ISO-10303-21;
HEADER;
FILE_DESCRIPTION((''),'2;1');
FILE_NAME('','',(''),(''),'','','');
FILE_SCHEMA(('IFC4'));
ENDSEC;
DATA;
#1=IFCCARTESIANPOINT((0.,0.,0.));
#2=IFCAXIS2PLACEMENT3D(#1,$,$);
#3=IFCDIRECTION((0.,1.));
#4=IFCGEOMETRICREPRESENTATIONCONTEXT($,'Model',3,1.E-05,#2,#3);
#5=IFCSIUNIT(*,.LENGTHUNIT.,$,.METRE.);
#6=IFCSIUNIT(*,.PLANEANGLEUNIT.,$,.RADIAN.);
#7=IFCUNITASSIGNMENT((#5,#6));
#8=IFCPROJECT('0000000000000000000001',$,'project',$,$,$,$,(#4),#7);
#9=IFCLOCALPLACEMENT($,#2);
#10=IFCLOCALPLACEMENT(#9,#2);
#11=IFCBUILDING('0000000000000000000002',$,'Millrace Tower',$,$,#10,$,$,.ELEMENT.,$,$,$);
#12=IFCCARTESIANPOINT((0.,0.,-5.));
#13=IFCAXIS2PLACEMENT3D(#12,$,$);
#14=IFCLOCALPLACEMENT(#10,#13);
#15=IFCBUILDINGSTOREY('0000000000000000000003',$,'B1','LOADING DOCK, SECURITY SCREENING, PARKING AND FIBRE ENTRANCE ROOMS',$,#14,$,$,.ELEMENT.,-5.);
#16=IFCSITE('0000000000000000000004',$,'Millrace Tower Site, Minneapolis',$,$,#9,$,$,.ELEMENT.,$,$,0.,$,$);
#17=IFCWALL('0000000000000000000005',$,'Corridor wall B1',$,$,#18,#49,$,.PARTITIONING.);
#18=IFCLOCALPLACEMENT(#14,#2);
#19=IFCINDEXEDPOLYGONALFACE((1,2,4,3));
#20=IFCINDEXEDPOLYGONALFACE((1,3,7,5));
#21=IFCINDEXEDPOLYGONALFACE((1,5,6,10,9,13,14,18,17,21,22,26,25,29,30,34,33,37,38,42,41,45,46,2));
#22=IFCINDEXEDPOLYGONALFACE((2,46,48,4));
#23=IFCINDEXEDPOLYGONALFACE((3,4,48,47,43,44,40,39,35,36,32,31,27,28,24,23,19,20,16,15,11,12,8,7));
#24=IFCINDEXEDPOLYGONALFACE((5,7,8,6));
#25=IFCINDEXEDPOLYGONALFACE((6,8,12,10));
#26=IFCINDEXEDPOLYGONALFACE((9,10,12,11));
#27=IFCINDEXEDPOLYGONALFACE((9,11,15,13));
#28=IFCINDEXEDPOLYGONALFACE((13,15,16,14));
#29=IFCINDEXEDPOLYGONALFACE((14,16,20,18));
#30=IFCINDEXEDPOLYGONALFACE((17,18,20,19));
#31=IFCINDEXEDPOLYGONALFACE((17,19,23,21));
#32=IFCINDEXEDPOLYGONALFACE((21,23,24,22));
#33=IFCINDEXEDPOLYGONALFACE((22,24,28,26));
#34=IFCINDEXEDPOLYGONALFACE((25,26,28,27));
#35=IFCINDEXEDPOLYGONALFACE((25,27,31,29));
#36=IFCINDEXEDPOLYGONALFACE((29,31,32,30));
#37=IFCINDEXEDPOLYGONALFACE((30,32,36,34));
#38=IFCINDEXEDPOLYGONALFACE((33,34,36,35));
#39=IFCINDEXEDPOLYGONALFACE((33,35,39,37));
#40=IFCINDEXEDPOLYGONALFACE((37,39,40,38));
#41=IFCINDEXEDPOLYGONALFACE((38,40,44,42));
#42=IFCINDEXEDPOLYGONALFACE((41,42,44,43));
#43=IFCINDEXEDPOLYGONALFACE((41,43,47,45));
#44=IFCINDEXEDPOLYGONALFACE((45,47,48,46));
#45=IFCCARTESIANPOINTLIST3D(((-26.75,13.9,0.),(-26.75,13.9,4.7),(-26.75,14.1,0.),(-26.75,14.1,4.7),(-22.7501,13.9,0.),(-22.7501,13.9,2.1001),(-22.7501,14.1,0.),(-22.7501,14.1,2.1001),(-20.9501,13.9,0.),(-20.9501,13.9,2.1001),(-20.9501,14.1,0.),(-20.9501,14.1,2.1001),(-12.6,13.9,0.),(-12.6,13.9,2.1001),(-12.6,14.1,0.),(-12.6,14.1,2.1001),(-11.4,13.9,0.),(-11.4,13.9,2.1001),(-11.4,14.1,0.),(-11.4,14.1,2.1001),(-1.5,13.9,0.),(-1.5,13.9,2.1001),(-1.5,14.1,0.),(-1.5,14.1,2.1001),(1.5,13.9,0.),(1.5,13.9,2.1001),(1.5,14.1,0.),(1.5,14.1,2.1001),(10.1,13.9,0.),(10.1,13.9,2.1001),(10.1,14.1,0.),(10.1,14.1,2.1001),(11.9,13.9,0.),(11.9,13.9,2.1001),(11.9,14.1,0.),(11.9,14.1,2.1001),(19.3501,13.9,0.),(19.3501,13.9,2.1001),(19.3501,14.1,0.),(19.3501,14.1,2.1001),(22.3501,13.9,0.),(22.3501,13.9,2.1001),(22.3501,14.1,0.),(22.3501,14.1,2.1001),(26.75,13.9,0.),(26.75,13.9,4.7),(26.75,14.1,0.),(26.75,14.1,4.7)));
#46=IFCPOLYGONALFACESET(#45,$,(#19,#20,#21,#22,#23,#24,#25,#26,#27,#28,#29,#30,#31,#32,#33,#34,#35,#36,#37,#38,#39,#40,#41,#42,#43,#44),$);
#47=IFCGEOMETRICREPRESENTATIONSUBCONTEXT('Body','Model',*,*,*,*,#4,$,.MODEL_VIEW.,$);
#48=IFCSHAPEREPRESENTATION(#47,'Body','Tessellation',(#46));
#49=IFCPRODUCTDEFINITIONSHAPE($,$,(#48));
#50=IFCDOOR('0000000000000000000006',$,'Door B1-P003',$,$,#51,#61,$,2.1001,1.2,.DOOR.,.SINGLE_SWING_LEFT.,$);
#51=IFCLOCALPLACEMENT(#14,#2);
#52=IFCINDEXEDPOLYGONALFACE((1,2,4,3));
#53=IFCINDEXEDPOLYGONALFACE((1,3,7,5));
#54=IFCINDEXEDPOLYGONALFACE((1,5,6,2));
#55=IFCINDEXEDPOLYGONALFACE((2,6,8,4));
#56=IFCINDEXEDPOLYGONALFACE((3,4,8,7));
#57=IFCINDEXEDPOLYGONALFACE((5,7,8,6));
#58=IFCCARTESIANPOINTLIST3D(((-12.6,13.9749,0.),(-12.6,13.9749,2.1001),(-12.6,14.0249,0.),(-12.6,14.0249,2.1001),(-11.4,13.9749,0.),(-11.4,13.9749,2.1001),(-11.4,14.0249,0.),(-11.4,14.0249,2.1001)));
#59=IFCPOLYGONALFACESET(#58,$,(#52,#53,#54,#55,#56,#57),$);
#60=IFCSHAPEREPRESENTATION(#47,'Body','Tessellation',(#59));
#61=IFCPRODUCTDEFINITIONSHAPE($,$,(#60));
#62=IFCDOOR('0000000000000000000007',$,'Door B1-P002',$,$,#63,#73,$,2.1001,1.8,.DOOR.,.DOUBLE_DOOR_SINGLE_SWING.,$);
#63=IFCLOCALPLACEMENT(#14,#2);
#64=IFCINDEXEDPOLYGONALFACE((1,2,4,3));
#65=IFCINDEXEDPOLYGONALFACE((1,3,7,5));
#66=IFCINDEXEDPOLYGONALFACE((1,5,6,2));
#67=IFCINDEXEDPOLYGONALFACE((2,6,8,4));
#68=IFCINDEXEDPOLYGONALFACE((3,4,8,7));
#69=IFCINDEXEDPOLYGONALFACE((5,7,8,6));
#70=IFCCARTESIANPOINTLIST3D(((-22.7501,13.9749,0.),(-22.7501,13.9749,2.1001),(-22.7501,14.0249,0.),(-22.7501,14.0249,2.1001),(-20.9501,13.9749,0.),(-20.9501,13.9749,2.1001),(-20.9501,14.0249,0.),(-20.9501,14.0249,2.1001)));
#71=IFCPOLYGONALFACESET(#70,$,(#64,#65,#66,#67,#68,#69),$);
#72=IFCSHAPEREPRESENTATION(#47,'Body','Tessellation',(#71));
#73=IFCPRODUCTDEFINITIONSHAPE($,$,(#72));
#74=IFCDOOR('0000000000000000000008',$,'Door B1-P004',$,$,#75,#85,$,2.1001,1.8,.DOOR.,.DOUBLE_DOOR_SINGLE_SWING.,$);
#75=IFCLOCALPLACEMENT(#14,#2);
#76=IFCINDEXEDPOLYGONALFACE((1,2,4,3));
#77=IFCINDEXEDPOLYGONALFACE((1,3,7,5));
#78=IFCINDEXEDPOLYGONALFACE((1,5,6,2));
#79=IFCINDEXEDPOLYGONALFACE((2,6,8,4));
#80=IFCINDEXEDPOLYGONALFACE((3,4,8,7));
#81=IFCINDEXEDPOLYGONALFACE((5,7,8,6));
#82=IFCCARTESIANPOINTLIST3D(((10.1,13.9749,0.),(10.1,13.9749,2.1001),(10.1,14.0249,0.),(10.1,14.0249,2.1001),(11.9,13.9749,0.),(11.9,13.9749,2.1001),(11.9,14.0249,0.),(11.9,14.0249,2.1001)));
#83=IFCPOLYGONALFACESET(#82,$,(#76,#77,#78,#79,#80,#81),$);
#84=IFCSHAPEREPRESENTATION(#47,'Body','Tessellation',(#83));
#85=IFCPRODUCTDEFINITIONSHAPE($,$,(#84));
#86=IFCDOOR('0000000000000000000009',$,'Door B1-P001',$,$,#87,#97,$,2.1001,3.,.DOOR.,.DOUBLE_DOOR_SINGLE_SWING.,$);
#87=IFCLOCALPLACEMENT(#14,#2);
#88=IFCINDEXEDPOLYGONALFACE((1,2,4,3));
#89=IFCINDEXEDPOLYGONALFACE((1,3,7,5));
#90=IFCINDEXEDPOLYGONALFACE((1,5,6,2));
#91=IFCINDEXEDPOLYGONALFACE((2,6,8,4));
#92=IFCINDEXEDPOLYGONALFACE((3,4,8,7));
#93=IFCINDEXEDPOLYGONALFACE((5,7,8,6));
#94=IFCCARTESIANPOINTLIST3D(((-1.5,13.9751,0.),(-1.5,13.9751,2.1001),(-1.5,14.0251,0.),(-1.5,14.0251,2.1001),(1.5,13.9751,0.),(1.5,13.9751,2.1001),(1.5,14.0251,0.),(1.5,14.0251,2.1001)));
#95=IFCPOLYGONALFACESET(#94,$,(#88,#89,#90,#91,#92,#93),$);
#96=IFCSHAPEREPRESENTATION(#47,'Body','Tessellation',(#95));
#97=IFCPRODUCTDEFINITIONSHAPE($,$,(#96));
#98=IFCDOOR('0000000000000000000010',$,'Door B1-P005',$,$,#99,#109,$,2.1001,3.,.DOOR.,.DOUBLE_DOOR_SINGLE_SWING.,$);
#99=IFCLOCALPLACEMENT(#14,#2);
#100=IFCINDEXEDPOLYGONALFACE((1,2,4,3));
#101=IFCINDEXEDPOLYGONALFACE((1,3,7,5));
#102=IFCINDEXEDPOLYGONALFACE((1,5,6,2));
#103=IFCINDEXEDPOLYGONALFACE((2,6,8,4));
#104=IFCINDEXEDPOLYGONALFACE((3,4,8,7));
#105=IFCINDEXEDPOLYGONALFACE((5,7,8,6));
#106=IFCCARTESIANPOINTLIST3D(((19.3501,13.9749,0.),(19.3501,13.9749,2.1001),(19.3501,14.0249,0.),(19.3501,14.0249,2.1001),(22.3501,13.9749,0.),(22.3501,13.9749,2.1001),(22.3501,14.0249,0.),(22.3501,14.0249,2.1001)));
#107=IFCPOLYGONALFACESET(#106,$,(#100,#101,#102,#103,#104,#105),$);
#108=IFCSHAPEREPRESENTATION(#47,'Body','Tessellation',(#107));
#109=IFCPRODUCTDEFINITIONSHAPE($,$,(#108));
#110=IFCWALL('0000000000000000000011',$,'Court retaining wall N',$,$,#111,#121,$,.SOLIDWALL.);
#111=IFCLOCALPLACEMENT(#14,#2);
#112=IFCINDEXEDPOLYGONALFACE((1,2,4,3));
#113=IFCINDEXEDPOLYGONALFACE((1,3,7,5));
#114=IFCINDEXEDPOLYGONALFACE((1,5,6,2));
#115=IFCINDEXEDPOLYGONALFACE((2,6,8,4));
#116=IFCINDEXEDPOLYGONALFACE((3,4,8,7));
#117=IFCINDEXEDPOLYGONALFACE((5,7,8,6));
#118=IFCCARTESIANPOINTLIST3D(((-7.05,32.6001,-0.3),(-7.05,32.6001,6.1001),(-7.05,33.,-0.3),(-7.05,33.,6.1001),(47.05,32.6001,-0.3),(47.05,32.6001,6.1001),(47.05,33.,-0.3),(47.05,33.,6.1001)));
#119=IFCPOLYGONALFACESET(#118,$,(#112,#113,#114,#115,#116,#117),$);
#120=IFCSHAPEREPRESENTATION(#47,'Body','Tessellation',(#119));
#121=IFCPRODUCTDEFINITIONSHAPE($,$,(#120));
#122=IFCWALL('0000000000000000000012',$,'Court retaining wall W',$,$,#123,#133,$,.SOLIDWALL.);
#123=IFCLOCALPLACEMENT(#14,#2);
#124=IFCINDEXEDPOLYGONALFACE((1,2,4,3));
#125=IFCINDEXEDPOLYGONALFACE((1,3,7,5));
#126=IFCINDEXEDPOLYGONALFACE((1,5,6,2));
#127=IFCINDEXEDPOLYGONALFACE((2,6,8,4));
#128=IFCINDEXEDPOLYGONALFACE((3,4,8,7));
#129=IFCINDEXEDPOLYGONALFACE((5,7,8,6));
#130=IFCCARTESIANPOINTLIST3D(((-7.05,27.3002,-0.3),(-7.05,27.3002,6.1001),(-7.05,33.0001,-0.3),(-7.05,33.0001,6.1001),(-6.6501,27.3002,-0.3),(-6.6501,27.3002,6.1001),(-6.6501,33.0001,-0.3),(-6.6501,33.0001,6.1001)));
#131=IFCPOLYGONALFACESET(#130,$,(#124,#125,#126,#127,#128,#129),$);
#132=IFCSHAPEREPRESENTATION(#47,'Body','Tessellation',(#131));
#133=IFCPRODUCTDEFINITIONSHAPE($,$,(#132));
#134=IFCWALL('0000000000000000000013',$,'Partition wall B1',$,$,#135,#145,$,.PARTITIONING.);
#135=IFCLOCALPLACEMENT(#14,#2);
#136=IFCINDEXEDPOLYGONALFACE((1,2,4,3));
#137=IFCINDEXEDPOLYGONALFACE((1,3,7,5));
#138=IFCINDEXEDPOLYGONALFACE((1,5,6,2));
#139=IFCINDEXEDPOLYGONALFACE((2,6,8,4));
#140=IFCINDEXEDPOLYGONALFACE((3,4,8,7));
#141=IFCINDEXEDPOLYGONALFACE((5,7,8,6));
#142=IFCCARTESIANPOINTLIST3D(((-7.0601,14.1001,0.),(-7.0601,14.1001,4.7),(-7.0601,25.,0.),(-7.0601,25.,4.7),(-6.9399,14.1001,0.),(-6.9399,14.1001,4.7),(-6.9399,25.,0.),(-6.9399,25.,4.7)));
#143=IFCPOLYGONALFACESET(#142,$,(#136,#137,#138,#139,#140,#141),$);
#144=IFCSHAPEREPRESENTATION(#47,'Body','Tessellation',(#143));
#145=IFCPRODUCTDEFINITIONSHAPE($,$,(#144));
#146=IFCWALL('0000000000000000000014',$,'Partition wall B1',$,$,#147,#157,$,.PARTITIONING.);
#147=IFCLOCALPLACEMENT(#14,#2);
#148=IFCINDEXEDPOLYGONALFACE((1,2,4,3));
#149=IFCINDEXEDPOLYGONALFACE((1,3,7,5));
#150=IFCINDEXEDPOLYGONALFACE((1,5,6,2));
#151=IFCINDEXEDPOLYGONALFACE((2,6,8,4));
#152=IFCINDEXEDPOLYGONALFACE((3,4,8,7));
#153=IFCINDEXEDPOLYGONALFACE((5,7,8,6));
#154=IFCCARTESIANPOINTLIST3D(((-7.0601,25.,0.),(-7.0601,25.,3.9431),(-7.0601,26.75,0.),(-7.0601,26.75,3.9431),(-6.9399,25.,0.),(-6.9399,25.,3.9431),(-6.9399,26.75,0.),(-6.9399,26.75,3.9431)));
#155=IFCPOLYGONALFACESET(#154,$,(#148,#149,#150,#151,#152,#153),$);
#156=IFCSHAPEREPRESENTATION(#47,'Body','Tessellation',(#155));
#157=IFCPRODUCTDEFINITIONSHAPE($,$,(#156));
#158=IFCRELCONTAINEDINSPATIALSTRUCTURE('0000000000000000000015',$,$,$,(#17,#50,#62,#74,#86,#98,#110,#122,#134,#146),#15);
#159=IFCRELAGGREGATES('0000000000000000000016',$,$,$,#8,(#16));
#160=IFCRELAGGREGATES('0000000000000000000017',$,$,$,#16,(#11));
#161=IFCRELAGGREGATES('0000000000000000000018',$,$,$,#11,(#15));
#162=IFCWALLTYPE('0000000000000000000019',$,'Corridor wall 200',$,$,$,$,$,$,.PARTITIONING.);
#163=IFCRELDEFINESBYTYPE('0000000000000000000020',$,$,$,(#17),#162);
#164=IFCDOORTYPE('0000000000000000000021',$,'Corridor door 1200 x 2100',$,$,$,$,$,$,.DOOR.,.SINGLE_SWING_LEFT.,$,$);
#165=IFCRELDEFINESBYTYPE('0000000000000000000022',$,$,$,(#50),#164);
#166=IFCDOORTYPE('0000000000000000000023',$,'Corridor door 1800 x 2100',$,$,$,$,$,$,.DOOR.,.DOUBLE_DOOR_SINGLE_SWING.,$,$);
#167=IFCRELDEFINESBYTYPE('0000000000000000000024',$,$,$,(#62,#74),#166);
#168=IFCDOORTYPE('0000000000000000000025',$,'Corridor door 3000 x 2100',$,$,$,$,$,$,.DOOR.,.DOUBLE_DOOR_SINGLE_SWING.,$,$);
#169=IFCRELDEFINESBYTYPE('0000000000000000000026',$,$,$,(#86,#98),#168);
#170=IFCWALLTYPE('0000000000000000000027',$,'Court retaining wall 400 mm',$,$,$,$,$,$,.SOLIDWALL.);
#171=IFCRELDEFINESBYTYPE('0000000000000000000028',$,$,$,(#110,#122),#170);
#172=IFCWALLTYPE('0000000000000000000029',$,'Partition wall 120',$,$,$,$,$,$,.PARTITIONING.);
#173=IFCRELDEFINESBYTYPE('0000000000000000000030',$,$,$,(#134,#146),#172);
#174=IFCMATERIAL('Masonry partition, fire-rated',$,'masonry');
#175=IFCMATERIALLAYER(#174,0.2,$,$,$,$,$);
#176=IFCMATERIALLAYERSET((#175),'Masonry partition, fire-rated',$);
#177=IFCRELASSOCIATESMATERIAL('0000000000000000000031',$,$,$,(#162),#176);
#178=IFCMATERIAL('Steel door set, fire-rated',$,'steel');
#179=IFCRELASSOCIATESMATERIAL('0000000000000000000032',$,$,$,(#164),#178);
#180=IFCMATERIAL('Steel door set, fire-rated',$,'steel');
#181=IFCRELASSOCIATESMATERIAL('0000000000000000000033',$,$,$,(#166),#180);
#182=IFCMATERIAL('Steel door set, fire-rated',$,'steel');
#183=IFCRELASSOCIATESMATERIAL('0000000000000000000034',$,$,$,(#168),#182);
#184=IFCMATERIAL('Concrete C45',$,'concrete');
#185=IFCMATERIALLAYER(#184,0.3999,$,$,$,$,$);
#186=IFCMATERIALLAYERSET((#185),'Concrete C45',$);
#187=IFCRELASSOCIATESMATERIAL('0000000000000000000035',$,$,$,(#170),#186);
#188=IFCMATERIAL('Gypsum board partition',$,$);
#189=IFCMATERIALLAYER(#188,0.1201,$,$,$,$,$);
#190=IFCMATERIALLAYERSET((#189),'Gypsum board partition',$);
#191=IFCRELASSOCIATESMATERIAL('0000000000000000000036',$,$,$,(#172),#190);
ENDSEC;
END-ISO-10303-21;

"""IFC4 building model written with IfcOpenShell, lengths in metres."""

from ifc_helpers import new_model, si_unit, direction, frame, frame_2d, origin, place, context, subcontext, project, spatial, rectangle, extrude, material, layer, layer_set, type_object, element, fill, save


model = new_model("IFC4")

# Units and contexts
model_context = context("Model", 3, precision=1e-05, world=origin(), true_north=direction((0.0, 1.0)))
body_context = subcontext(model_context, "Body", "Model", "MODEL_VIEW")
ifc_project = project(units=[si_unit("LENGTHUNIT", "METRE"), si_unit("PLANEANGLEUNIT", "RADIAN")], contexts=[model_context])

# Site, building, storey
site_placement = place(None, origin())
site = spatial("IfcSite", under=ifc_project, at=site_placement, Name="Millrace Tower Site, Minneapolis", CompositionType="ELEMENT", RefElevation=0.0)
building_placement = place(site_placement, origin())
building = spatial("IfcBuilding", under=site, at=building_placement, Name="Millrace Tower", CompositionType="ELEMENT")
storey_placement = place(building_placement, frame((0.0, 0.0, -5.0)))
storey = spatial("IfcBuildingStorey", under=building, at=storey_placement, Name="B1", Description="LOADING DOCK, SECURITY SCREENING, PARKING AND FIBRE ENTRANCE ROOMS", CompositionType="ELEMENT", Elevation=-5.0)

# Wall, openings, doors
ifc_material_1 = material(Name="Masonry partition, fire-rated", Category="masonry")
ifc_layer_1 = layer(ifc_material_1, 0.2)
ifc_layer_set_1 = layer_set([ifc_layer_1], Name="Masonry partition, fire-rated")
wall_type_1 = type_object("IfcWallType", Name="Corridor wall 200", PredefinedType="PARTITIONING", material=ifc_layer_set_1)
wall_1_placement = place(storey_placement, frame((-26.75, 14.0, 0.0), z_axis=(0.0, 0.0, 1.0), x_axis=(1.0, 0.0, 0.0)))
wall_1 = element("IfcWall", 1, at=wall_1_placement, inside=storey, type_object=wall_type_1, Name="Corridor wall B1", PredefinedType="PARTITIONING", context=body_context, shape_type="SweptSolid", body=[
    extrude(rectangle(XDim=53.5, YDim=0.2, at=frame_2d((26.75, 0.0))), origin(), (0.0, 0.0, 1.0), 4.7),
])
opening_1_placement = place(wall_1_placement, frame((25.25, 0.0, 0.0)))
opening_1 = element("IfcOpeningElement", 2, at=opening_1_placement, cuts=wall_1, PredefinedType="OPENING", context=body_context, shape_type="SweptSolid", body=[
    extrude(rectangle(XDim=3.0, YDim=2.1001, at=frame_2d((1.5, 1.05))), frame((0.0, 0.1099, 0.0), z_axis=(0.0, -1.0, 0.0), x_axis=(1.0, 0.0, 0.0)), (0.0, 0.0, 1.0), 0.22),
])
opening_2_placement = place(wall_1_placement, frame((4.0, 0.0, 0.0)))
opening_2 = element("IfcOpeningElement", 3, at=opening_2_placement, cuts=wall_1, PredefinedType="OPENING", context=body_context, shape_type="SweptSolid", body=[
    extrude(rectangle(XDim=1.8, YDim=2.1001, at=frame_2d((0.8999, 1.05))), frame((0.0, 0.1099, 0.0), z_axis=(0.0, -1.0, 0.0), x_axis=(1.0, 0.0, 0.0)), (0.0, 0.0, 1.0), 0.22),
])
opening_3_placement = place(wall_1_placement, frame((14.1499, 0.0, 0.0)))
opening_3 = element("IfcOpeningElement", 4, at=opening_3_placement, cuts=wall_1, PredefinedType="OPENING", context=body_context, shape_type="SweptSolid", body=[
    extrude(rectangle(XDim=1.2, YDim=2.1001, at=frame_2d((0.6001, 1.05))), frame((0.0, 0.1099, 0.0), z_axis=(0.0, -1.0, 0.0), x_axis=(1.0, 0.0, 0.0)), (0.0, 0.0, 1.0), 0.22),
])
opening_4_placement = place(wall_1_placement, frame((36.8501, 0.0, 0.0)))
opening_4 = element("IfcOpeningElement", 5, at=opening_4_placement, cuts=wall_1, PredefinedType="OPENING", context=body_context, shape_type="SweptSolid", body=[
    extrude(rectangle(XDim=1.8, YDim=2.1001, at=frame_2d((0.8999, 1.05))), frame((0.0, 0.1099, 0.0), z_axis=(0.0, -1.0, 0.0), x_axis=(1.0, 0.0, 0.0)), (0.0, 0.0, 1.0), 0.22),
])
opening_5_placement = place(wall_1_placement, frame((46.1001, 0.0, 0.0)))
opening_5 = element("IfcOpeningElement", 6, at=opening_5_placement, cuts=wall_1, PredefinedType="OPENING", context=body_context, shape_type="SweptSolid", body=[
    extrude(rectangle(XDim=3.0, YDim=2.1001, at=frame_2d((1.5, 1.05))), frame((0.0, 0.1099, 0.0), z_axis=(0.0, -1.0, 0.0), x_axis=(1.0, 0.0, 0.0)), (0.0, 0.0, 1.0), 0.22),
])
ifc_material_2 = material(Name="Steel door set, fire-rated", Category="steel")
door_type_1 = type_object("IfcDoorType", Name="Corridor door 1200 x 2100", OperationType="SINGLE_SWING_LEFT", PredefinedType="DOOR", material=ifc_material_2)
door_1_placement = place(opening_3_placement, origin())
door_1 = element("IfcDoor", 7, at=door_1_placement, inside=storey, type_object=door_type_1, Name="Door B1-P003", OperationType="SINGLE_SWING_LEFT", OverallHeight=2.1001, OverallWidth=1.2, PredefinedType="DOOR", context=body_context, shape_type="SweptSolid", body=[
    extrude(rectangle(XDim=1.2, YDim=2.1001, at=frame_2d((0.6001, 1.05))), frame((0.0, 0.0249, 0.0), z_axis=(0.0, -1.0, 0.0), x_axis=(1.0, 0.0, 0.0)), (0.0, 0.0, 1.0), 0.05),
])
fill(opening_3, door_1)
ifc_material_3 = material(Name="Steel door set, fire-rated", Category="steel")
door_type_2 = type_object("IfcDoorType", Name="Corridor door 1800 x 2100", OperationType="DOUBLE_DOOR_SINGLE_SWING", PredefinedType="DOOR", material=ifc_material_3)
door_2_placement = place(opening_2_placement, origin())
door_2 = element("IfcDoor", 8, at=door_2_placement, inside=storey, type_object=door_type_2, Name="Door B1-P002", OperationType="DOUBLE_DOOR_SINGLE_SWING", OverallHeight=2.1001, OverallWidth=1.8, PredefinedType="DOOR", context=body_context, shape_type="SweptSolid", body=[
    extrude(rectangle(XDim=1.8, YDim=2.1001, at=frame_2d((0.8999, 1.05))), frame((0.0, 0.0249, 0.0), z_axis=(0.0, -1.0, 0.0), x_axis=(1.0, 0.0, 0.0)), (0.0, 0.0, 1.0), 0.05),
])
fill(opening_2, door_2)
door_3_placement = place(opening_4_placement, origin())
door_3 = element("IfcDoor", 9, at=door_3_placement, inside=storey, type_object=door_type_2, Name="Door B1-P004", OperationType="DOUBLE_DOOR_SINGLE_SWING", OverallHeight=2.1001, OverallWidth=1.8, PredefinedType="DOOR", context=body_context, shape_type="SweptSolid", body=[
    extrude(rectangle(XDim=1.8, YDim=2.1001, at=frame_2d((0.8999, 1.05))), frame((0.0, 0.0249, 0.0), z_axis=(0.0, -1.0, 0.0), x_axis=(1.0, 0.0, 0.0)), (0.0, 0.0, 1.0), 0.05),
])
fill(opening_4, door_3)
ifc_material_4 = material(Name="Steel door set, fire-rated", Category="steel")
door_type_3 = type_object("IfcDoorType", Name="Corridor door 3000 x 2100", OperationType="DOUBLE_DOOR_SINGLE_SWING", PredefinedType="DOOR", material=ifc_material_4)
door_4_placement = place(opening_1_placement, frame((3.0, 0.0, 0.0), z_axis=(0.0, 0.0, 1.0), x_axis=(-1.0, 0.0, 0.0)))
door_4 = element("IfcDoor", 10, at=door_4_placement, inside=storey, type_object=door_type_3, Name="Door B1-P001", OperationType="DOUBLE_DOOR_SINGLE_SWING", OverallHeight=2.1001, OverallWidth=3.0, PredefinedType="DOOR", context=body_context, shape_type="SweptSolid", body=[
    extrude(rectangle(XDim=3.0, YDim=2.1001, at=frame_2d((1.5, 1.05))), frame((0.0, 0.0249, 0.0), z_axis=(0.0, -1.0, 0.0), x_axis=(1.0, 0.0, 0.0)), (0.0, 0.0, 1.0), 0.05),
])
fill(opening_1, door_4)
door_5_placement = place(opening_5_placement, origin())
door_5 = element("IfcDoor", 11, at=door_5_placement, inside=storey, type_object=door_type_3, Name="Door B1-P005", OperationType="DOUBLE_DOOR_SINGLE_SWING", OverallHeight=2.1001, OverallWidth=3.0, PredefinedType="DOOR", context=body_context, shape_type="SweptSolid", body=[
    extrude(rectangle(XDim=3.0, YDim=2.1001, at=frame_2d((1.5, 1.05))), frame((0.0, 0.0249, 0.0), z_axis=(0.0, -1.0, 0.0), x_axis=(1.0, 0.0, 0.0)), (0.0, 0.0, 1.0), 0.05),
])
fill(opening_5, door_5)

# Walls
ifc_material_5 = material(Name="Concrete C45", Category="concrete")
ifc_layer_2 = layer(ifc_material_5, 0.3999)
ifc_layer_set_2 = layer_set([ifc_layer_2], Name="Concrete C45")
wall_type_2 = type_object("IfcWallType", Name="Court retaining wall 400 mm", PredefinedType="SOLIDWALL", material=ifc_layer_set_2)
wall_2_placement = place(storey_placement, frame((-7.05, 32.8, -0.3), z_axis=(0.0, 0.0, 1.0), x_axis=(1.0, 0.0, 0.0)))
element("IfcWall", 12, at=wall_2_placement, inside=storey, type_object=wall_type_2, Name="Court retaining wall N", PredefinedType="SOLIDWALL", context=body_context, shape_type="SweptSolid", body=[
    extrude(rectangle(XDim=54.1001, YDim=0.3999, at=frame_2d((27.05, 0.0))), origin(), (0.0, 0.0, 1.0), 6.4001),
])
wall_3_placement = place(storey_placement, frame((-6.8501, 27.3, -0.3), z_axis=(0.0, 0.0, 1.0), x_axis=(0.0, 1.0, 0.0)))
element("IfcWall", 13, at=wall_3_placement, inside=storey, type_object=wall_type_2, Name="Court retaining wall W", PredefinedType="SOLIDWALL", context=body_context, shape_type="SweptSolid", body=[
    extrude(rectangle(XDim=5.7, YDim=0.3999, at=frame_2d((2.8501, 0.0))), origin(), (0.0, 0.0, 1.0), 6.4001),
])
ifc_material_6 = material(Name="Gypsum board partition")
ifc_layer_3 = layer(ifc_material_6, 0.1201)
ifc_layer_set_3 = layer_set([ifc_layer_3], Name="Gypsum board partition")
wall_type_3 = type_object("IfcWallType", Name="Partition wall 120", PredefinedType="PARTITIONING", material=ifc_layer_set_3)
wall_4_placement = place(storey_placement, frame((-7.0, 14.1001, 0.0), z_axis=(0.0, 0.0, 1.0), x_axis=(0.0, 1.0, 0.0)))
element("IfcWall", 14, at=wall_4_placement, inside=storey, type_object=wall_type_3, Name="Partition wall B1", PredefinedType="PARTITIONING", context=body_context, shape_type="SweptSolid", body=[
    extrude(rectangle(XDim=10.8999, YDim=0.1201, at=frame_2d((5.45, 0.0))), origin(), (0.0, 0.0, 1.0), 4.7),
])
wall_5_placement = place(storey_placement, frame((-7.0, 25.0, 0.0), z_axis=(0.0, 0.0, 1.0), x_axis=(0.0, 1.0, 0.0)))
element("IfcWall", 15, at=wall_5_placement, inside=storey, type_object=wall_type_3, Name="Partition wall B1", PredefinedType="PARTITIONING", context=body_context, shape_type="SweptSolid", body=[
    extrude(rectangle(XDim=1.75, YDim=0.1201, at=frame_2d((0.875, 0.0))), origin(), (0.0, 0.0, 1.0), 3.9431),
])

save(model, "model.ifc")
